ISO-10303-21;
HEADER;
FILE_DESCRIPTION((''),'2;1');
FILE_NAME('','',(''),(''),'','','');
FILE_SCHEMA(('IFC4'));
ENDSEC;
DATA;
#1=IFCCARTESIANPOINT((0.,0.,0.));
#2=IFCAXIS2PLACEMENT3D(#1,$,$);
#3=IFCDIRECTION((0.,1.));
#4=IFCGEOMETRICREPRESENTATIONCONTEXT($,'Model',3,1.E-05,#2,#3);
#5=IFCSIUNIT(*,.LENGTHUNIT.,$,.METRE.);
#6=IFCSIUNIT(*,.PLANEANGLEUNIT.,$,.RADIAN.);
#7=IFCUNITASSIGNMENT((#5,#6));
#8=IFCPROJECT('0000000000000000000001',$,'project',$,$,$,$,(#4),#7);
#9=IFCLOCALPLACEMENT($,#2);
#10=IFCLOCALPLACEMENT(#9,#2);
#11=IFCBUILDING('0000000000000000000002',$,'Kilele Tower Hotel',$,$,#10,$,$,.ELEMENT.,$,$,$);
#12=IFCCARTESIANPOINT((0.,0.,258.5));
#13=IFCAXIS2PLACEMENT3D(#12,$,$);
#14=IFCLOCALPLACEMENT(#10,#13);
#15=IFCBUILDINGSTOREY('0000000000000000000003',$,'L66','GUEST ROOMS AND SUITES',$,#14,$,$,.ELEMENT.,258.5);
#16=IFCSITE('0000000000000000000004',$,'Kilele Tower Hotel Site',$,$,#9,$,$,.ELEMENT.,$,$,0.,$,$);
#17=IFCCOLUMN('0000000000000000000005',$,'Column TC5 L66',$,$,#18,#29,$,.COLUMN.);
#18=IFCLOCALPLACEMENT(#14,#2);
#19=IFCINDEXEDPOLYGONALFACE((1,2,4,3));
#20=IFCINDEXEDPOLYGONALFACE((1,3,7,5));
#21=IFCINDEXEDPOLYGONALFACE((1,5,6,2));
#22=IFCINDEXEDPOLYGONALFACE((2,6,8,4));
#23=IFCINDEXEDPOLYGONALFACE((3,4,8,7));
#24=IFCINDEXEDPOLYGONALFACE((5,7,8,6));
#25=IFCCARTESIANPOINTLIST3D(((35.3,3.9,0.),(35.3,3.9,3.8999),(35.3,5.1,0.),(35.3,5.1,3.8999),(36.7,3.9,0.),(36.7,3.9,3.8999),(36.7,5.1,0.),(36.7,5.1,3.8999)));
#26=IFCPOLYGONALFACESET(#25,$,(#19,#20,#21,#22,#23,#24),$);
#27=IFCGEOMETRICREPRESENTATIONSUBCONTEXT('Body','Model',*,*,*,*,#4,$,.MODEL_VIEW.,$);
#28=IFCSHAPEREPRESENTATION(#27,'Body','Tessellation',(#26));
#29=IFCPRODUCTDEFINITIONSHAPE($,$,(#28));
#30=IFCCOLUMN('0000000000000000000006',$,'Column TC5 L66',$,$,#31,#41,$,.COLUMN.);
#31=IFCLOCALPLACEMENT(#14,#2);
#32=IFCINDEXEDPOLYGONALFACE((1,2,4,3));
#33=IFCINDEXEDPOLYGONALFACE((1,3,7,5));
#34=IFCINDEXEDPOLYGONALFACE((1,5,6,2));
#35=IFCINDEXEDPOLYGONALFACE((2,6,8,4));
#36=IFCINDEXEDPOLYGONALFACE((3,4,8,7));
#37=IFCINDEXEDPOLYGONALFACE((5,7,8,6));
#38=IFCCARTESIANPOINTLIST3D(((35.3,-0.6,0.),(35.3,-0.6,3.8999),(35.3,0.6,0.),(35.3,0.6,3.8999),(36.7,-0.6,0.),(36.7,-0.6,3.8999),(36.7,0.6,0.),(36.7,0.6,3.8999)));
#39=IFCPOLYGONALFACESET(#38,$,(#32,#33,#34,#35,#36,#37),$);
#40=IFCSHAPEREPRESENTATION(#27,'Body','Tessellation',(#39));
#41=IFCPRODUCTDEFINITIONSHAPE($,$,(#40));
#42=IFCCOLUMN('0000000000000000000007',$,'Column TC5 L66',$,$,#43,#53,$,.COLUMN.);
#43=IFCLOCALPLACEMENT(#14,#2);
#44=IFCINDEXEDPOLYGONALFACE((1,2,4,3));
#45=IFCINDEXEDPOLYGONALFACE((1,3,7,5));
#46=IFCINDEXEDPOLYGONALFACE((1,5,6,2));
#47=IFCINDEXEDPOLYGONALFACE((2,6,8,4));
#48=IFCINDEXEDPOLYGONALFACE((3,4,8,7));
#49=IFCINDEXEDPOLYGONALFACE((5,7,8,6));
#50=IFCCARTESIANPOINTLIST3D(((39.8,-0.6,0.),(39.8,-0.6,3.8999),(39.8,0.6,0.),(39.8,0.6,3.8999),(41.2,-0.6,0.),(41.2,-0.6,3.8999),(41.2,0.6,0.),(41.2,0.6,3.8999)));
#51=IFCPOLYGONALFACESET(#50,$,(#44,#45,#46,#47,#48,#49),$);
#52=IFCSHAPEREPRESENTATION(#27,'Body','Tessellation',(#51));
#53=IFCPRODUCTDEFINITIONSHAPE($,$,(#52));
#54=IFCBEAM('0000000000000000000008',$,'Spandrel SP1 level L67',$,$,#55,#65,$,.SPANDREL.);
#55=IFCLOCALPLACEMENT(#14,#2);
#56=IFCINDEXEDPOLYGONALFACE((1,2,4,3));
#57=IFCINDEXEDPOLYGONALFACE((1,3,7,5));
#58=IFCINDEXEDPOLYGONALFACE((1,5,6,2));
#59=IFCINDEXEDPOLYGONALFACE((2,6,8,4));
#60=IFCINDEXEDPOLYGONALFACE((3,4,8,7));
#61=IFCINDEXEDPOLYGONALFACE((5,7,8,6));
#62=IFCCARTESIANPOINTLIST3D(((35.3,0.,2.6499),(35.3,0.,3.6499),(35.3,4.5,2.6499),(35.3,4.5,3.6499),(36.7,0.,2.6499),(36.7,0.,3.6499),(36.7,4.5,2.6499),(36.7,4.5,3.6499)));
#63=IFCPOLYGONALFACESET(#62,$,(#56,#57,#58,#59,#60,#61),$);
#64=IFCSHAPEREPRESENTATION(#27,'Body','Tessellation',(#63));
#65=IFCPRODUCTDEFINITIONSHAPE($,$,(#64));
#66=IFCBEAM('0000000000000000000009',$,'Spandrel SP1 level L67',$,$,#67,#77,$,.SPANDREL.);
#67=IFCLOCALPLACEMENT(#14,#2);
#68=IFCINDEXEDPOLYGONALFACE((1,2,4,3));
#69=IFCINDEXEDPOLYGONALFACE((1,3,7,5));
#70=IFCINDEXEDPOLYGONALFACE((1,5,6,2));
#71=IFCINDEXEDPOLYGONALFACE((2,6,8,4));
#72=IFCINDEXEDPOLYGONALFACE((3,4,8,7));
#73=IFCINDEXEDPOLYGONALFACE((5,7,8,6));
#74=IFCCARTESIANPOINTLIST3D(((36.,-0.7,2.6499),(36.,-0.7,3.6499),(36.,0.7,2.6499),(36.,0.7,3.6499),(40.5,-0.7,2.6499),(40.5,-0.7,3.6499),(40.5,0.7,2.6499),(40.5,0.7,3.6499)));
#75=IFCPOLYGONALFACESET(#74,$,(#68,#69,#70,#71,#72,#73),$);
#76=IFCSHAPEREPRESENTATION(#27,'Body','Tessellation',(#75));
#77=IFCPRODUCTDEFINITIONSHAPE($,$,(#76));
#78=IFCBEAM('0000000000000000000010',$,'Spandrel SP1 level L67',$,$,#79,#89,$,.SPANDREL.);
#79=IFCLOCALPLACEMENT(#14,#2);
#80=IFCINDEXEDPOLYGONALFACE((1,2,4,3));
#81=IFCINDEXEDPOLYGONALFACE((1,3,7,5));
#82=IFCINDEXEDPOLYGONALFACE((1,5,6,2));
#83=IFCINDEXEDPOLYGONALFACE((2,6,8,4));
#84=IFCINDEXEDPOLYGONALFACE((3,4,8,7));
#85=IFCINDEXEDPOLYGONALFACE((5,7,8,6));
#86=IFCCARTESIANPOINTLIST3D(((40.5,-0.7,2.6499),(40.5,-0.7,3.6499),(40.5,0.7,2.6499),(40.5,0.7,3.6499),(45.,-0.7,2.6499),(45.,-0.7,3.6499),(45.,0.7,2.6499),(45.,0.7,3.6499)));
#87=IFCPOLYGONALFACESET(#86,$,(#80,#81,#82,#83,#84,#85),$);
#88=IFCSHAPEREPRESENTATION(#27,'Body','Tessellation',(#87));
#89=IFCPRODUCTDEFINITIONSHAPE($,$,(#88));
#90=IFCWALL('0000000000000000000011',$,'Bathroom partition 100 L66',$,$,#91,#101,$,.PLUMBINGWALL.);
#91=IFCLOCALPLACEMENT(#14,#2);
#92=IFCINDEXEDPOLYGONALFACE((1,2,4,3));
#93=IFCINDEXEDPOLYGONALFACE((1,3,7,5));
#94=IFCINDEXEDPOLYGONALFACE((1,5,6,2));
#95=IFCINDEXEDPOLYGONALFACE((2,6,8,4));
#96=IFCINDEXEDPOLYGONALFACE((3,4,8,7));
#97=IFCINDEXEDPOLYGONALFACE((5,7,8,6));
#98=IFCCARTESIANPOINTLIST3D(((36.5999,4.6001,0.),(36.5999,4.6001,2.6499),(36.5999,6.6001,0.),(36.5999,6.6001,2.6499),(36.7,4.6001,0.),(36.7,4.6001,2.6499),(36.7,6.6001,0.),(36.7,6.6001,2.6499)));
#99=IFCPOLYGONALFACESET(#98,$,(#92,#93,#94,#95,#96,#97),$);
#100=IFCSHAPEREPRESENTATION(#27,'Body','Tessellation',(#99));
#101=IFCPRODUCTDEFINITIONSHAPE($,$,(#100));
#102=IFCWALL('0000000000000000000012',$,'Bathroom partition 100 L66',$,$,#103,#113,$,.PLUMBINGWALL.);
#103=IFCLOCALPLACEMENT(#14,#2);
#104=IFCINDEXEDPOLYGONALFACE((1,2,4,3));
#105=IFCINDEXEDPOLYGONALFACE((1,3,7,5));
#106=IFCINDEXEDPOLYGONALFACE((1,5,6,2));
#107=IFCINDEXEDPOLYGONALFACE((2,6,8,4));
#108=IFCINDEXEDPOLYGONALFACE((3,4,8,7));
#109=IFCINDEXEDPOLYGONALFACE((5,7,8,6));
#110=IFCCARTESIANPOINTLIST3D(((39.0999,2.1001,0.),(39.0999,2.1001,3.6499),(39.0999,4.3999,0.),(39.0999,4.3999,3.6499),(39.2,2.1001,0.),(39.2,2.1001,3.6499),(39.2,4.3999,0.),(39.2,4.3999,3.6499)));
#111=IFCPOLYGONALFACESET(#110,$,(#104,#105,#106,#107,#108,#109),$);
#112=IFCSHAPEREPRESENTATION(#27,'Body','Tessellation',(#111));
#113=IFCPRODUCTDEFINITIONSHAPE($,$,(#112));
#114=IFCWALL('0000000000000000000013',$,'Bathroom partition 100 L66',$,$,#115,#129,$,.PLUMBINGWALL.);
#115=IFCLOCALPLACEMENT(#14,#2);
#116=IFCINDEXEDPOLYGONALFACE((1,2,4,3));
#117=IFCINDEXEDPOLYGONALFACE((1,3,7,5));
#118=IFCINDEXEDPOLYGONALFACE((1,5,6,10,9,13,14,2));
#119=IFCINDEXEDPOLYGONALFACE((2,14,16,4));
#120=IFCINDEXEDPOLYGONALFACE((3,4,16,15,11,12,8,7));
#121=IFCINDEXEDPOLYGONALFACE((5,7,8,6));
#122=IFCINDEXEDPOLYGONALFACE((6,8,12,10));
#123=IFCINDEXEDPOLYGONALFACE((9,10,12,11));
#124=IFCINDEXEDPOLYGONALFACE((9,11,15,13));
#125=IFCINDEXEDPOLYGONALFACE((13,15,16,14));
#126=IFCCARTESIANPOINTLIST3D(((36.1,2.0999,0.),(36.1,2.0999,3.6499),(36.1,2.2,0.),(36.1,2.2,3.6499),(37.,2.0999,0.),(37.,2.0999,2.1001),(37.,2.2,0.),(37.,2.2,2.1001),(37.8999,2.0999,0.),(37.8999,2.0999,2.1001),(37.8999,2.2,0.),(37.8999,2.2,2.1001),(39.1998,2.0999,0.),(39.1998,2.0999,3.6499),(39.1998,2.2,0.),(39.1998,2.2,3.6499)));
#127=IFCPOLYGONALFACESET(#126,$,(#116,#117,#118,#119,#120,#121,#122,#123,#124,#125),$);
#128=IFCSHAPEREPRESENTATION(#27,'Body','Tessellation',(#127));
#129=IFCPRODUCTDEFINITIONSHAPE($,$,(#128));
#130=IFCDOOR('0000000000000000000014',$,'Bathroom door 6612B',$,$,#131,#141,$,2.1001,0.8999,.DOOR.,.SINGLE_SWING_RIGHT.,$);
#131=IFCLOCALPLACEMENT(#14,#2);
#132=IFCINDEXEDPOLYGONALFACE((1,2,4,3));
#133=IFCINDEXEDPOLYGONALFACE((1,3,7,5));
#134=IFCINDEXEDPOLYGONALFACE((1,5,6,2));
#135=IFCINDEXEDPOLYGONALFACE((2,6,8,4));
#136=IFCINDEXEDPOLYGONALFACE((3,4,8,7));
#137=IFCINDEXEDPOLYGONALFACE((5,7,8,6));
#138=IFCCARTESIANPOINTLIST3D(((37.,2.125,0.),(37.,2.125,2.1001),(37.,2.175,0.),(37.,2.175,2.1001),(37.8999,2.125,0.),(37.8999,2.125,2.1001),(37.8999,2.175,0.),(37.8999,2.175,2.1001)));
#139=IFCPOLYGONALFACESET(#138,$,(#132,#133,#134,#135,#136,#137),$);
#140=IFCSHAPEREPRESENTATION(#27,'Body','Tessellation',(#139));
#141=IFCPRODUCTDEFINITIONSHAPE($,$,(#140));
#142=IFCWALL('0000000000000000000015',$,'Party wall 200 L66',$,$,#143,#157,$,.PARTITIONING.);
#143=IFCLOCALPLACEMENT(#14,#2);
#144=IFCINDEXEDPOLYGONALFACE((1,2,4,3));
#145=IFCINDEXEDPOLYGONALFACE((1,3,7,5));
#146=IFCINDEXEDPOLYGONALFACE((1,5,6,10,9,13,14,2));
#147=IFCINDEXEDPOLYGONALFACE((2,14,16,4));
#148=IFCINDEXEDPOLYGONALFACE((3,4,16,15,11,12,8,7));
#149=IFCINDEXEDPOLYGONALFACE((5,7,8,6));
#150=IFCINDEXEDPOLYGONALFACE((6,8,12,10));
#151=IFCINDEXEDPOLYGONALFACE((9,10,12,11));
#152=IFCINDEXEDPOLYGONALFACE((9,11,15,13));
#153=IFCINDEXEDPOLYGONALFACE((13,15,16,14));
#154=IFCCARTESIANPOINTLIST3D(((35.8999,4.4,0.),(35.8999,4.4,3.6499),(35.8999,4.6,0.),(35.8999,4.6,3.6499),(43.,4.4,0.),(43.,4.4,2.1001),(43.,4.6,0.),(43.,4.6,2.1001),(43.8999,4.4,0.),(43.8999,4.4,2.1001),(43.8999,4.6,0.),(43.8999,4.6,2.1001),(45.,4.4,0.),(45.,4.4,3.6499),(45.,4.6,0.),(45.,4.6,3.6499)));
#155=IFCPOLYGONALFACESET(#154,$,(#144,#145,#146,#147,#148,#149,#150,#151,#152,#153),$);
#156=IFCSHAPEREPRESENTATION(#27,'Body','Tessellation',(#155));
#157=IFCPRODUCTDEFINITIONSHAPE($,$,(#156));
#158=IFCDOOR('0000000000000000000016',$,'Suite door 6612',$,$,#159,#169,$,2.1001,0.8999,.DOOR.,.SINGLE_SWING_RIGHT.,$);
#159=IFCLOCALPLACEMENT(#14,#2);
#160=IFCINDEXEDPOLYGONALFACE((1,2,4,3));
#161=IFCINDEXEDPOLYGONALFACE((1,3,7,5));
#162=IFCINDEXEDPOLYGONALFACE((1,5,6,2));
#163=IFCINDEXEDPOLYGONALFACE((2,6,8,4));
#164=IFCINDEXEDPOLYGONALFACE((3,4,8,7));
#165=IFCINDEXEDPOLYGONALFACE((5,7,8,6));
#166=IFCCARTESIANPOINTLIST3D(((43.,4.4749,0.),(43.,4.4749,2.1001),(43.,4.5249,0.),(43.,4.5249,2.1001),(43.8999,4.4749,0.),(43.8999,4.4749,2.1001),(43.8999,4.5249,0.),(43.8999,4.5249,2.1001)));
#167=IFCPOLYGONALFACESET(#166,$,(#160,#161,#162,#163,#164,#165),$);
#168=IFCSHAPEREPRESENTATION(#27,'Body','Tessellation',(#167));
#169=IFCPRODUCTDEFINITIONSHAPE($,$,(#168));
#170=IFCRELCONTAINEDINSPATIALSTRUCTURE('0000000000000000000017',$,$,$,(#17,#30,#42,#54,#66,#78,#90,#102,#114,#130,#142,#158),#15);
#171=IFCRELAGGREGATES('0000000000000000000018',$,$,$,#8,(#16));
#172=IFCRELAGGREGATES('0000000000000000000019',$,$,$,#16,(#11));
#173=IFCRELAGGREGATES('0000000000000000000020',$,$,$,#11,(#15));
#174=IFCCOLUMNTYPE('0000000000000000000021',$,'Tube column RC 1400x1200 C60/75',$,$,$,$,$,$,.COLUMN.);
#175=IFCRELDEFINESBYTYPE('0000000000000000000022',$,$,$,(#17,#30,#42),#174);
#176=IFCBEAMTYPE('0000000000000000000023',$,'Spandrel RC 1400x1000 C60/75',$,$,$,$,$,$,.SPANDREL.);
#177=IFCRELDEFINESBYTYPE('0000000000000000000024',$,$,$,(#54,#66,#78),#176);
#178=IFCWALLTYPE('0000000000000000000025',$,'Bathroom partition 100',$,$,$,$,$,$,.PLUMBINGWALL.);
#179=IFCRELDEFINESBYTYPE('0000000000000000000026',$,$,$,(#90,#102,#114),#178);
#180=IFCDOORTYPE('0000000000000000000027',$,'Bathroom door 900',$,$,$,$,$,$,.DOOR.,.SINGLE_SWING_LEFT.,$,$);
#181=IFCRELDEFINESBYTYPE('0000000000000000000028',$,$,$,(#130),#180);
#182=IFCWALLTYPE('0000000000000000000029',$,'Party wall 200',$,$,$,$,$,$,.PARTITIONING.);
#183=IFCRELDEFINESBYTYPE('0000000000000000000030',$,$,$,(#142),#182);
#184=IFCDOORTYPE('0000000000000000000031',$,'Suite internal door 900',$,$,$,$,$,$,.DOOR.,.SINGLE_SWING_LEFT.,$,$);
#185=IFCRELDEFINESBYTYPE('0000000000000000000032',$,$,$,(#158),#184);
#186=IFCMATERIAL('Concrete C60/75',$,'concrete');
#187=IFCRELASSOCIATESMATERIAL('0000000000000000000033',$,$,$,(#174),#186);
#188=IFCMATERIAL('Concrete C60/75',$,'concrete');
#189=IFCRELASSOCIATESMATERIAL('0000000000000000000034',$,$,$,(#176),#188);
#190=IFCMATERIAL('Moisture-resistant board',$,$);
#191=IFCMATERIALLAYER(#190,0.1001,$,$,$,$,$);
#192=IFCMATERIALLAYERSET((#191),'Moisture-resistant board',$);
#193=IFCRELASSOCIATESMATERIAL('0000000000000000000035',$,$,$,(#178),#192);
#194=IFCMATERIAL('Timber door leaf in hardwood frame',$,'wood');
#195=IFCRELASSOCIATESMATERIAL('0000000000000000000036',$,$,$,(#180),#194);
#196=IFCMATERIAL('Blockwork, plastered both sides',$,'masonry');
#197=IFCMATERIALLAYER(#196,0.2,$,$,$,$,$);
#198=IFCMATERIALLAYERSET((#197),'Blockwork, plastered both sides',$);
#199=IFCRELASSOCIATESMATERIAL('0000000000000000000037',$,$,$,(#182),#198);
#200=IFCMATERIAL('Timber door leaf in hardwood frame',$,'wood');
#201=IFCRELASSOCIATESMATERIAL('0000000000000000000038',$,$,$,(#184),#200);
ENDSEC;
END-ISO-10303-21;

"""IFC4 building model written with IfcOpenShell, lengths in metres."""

from ifc_helpers import new_model, si_unit, direction, frame, frame_2d, origin, origin_2d, place, context, subcontext, project, spatial, rectangle, extrude, material, layer, layer_set, material_profile, profile_set, type_object, element, fill, save


model = new_model("IFC4")

# Units and contexts
model_context = context("Model", 3, precision=1e-05, world=origin(), true_north=direction((0.0, 1.0)))
body_context = subcontext(model_context, "Body", "Model", "MODEL_VIEW")
ifc_project = project(units=[si_unit("LENGTHUNIT", "METRE"), si_unit("PLANEANGLEUNIT", "RADIAN")], contexts=[model_context])

# Site, building, storey
site_placement = place(None, origin())
site = spatial("IfcSite", under=ifc_project, at=site_placement, Name="Kilele Tower Hotel Site", CompositionType="ELEMENT", RefElevation=0.0)
building_placement = place(site_placement, origin())
building = spatial("IfcBuilding", under=site, at=building_placement, Name="Kilele Tower Hotel", CompositionType="ELEMENT")
storey_placement = place(building_placement, frame((0.0, 0.0, 258.5)))
storey = spatial("IfcBuildingStorey", under=building, at=storey_placement, Name="L66", Description="GUEST ROOMS AND SUITES", CompositionType="ELEMENT", Elevation=258.5)

# Columns
ifc_material_1 = material(Name="Concrete C60/75", Category="concrete")
ifc_material_profile_1 = material_profile(ifc_material_1, rectangle(XDim=1.3999, YDim=1.2, at=origin_2d()))
ifc_profile_set_1 = profile_set([ifc_material_profile_1], Name="Concrete C60/75")
column_type = type_object("IfcColumnType", Name="Tube column RC 1400x1200 C60/75", PredefinedType="COLUMN", material=ifc_profile_set_1)
for number, where, z_axis, x_axis, name in (
    (1, (36.0, 4.5, 0.0), (0.0, 0.0, 1.0), (1.0, 0.0, 0.0), "Column TC5 L66"),
    (2, (36.0, 0.0, 0.0), (0.0, 0.0, 1.0), (1.0, 0.0, 0.0), "Column TC5 L66"),
    (3, (40.5, 0.0, 0.0), (0.0, 0.0, 1.0), (1.0, 0.0, 0.0), "Column TC5 L66"),
):
    element("IfcColumn", number, at=place(storey_placement, frame(where, z_axis=z_axis, x_axis=x_axis)), inside=storey, type_object=column_type, Name=name, PredefinedType="COLUMN", context=body_context, shape_type="SweptSolid", body=[
        extrude(rectangle(XDim=1.3999, YDim=1.2, at=origin_2d()), origin(), (0.0, 0.0, 1.0), 3.8999),
    ])

# Beams
ifc_material_2 = material(Name="Concrete C60/75", Category="concrete")
ifc_material_profile_2 = material_profile(ifc_material_2, rectangle(XDim=1.3999, YDim=1.0, at=origin_2d()))
ifc_profile_set_2 = profile_set([ifc_material_profile_2], Name="Concrete C60/75")
beam_type = type_object("IfcBeamType", Name="Spandrel RC 1400x1000 C60/75", PredefinedType="SPANDREL", material=ifc_profile_set_2)
for number, where, z_axis, x_axis, name in (
    (4, (36.0, 4.5, 3.1499), (0.0, -1.0, 0.0), (1.0, 0.0, 0.0), "Spandrel SP1 level L67"),
    (5, (36.0, 0.0, 3.1499), (1.0, 0.0, 0.0), (0.0, 1.0, 0.0), "Spandrel SP1 level L67"),
    (6, (40.5, 0.0, 3.1499), (1.0, 0.0, 0.0), (0.0, 1.0, 0.0), "Spandrel SP1 level L67"),
):
    element("IfcBeam", number, at=place(storey_placement, frame(where, z_axis=z_axis, x_axis=x_axis)), inside=storey, type_object=beam_type, Name=name, PredefinedType="SPANDREL", context=body_context, shape_type="SweptSolid", body=[
        extrude(rectangle(XDim=1.3999, YDim=1.0, at=origin_2d()), origin(), (0.0, 0.0, 1.0), 4.5),
    ])

# Walls
ifc_material_3 = material(Name="Moisture-resistant board")
ifc_layer_1 = layer(ifc_material_3, 0.1001)
ifc_layer_set_1 = layer_set([ifc_layer_1], Name="Moisture-resistant board")
wall_type_1 = type_object("IfcWallType", Name="Bathroom partition 100", PredefinedType="PLUMBINGWALL", material=ifc_layer_set_1)
wall_1_placement = place(storey_placement, frame((36.6499, 4.6001, 0.0), z_axis=(0.0, 0.0, 1.0), x_axis=(0.0, 1.0, 0.0)))
element("IfcWall", 7, at=wall_1_placement, inside=storey, type_object=wall_type_1, Name="Bathroom partition 100 L66", PredefinedType="PLUMBINGWALL", context=body_context, shape_type="SweptSolid", body=[
    extrude(rectangle(XDim=2.0, YDim=0.1001, at=frame_2d((1.0, 0.0))), origin(), (0.0, 0.0, 1.0), 2.6499),
])
wall_2_placement = place(storey_placement, frame((39.1499, 4.3999, 0.0), z_axis=(0.0, 0.0, 1.0), x_axis=(0.0, -1.0, 0.0)))
element("IfcWall", 8, at=wall_2_placement, inside=storey, type_object=wall_type_1, Name="Bathroom partition 100 L66", PredefinedType="PLUMBINGWALL", context=body_context, shape_type="SweptSolid", body=[
    extrude(rectangle(XDim=2.2998, YDim=0.1001, at=frame_2d((1.1499, 0.0))), origin(), (0.0, 0.0, 1.0), 3.6499),
])

# Walls, openings, doors
wall_3_placement = place(storey_placement, frame((36.1001, 2.1499, 0.0), z_axis=(0.0, 0.0, 1.0), x_axis=(1.0, 0.0, 0.0)))
wall_3 = element("IfcWall", 9, at=wall_3_placement, inside=storey, type_object=wall_type_1, Name="Bathroom partition 100 L66", PredefinedType="PLUMBINGWALL", context=body_context, shape_type="SweptSolid", body=[
    extrude(rectangle(XDim=3.0999, YDim=0.1001, at=frame_2d((1.5498, 0.0))), origin(), (0.0, 0.0, 1.0), 3.6499),
])
opening_1_placement = place(wall_3_placement, frame((1.7998, 0.0, 0.0), z_axis=(0.0, 0.0, 1.0), x_axis=(-1.0, 0.0, 0.0)))
opening_1 = element("IfcOpeningElement", 10, at=opening_1_placement, cuts=wall_3, PredefinedType="OPENING", context=body_context, shape_type="SweptSolid", body=[
    extrude(rectangle(XDim=0.8999, YDim=2.1001, at=frame_2d((0.45, 1.05))), frame((0.0, 0.0601, 0.0), z_axis=(0.0, -1.0, 0.0), x_axis=(1.0, 0.0, 0.0)), (0.0, 0.0, 1.0), 0.1201),
])
ifc_material_4 = material(Name="Timber door leaf in hardwood frame", Category="wood")
door_type_1 = type_object("IfcDoorType", Name="Bathroom door 900", OperationType="SINGLE_SWING_LEFT", PredefinedType="DOOR", material=ifc_material_4)
door_1_placement = place(opening_1_placement, origin())
door_1 = element("IfcDoor", 11, at=door_1_placement, inside=storey, type_object=door_type_1, Name="Bathroom door 6612B", OperationType="SINGLE_SWING_RIGHT", OverallHeight=2.1001, OverallWidth=0.8999, PredefinedType="DOOR", context=body_context, shape_type="SweptSolid", body=[
    extrude(rectangle(XDim=0.8999, YDim=2.1001, at=frame_2d((0.45, 1.05))), frame((0.0, 0.0249, 0.0), z_axis=(0.0, -1.0, 0.0), x_axis=(1.0, 0.0, 0.0)), (0.0, 0.0, 1.0), 0.05),
])
fill(opening_1, door_1)
ifc_material_5 = material(Name="Blockwork, plastered both sides", Category="masonry")
ifc_layer_2 = layer(ifc_material_5, 0.2)
ifc_layer_set_2 = layer_set([ifc_layer_2], Name="Blockwork, plastered both sides")
wall_type_2 = type_object("IfcWallType", Name="Party wall 200", PredefinedType="PARTITIONING", material=ifc_layer_set_2)
wall_4_placement = place(storey_placement, frame((35.8999, 4.5, 0.0), z_axis=(0.0, 0.0, 1.0), x_axis=(1.0, 0.0, 0.0)))
wall_4 = element("IfcWall", 12, at=wall_4_placement, inside=storey, type_object=wall_type_2, Name="Party wall 200 L66", PredefinedType="PARTITIONING", context=body_context, shape_type="SweptSolid", body=[
    extrude(rectangle(XDim=9.1001, YDim=0.2, at=frame_2d((4.55, 0.0))), origin(), (0.0, 0.0, 1.0), 3.6499),
])
opening_2_placement = place(wall_4_placement, frame((7.1001, 0.0, 0.0)))
opening_2 = element("IfcOpeningElement", 13, at=opening_2_placement, cuts=wall_4, PredefinedType="OPENING", context=body_context, shape_type="SweptSolid", body=[
    extrude(rectangle(XDim=0.8999, YDim=2.1001, at=frame_2d((0.45, 1.05))), frame((0.0, 0.1099, 0.0), z_axis=(0.0, -1.0, 0.0), x_axis=(1.0, 0.0, 0.0)), (0.0, 0.0, 1.0), 0.22),
])
ifc_material_6 = material(Name="Timber door leaf in hardwood frame", Category="wood")
door_type_2 = type_object("IfcDoorType", Name="Suite internal door 900", OperationType="SINGLE_SWING_LEFT", PredefinedType="DOOR", material=ifc_material_6)
door_2_placement = place(opening_2_placement, origin())
door_2 = element("IfcDoor", 14, at=door_2_placement, inside=storey, type_object=door_type_2, Name="Suite door 6612", OperationType="SINGLE_SWING_RIGHT", OverallHeight=2.1001, OverallWidth=0.8999, PredefinedType="DOOR", context=body_context, shape_type="SweptSolid", body=[
    extrude(rectangle(XDim=0.8999, YDim=2.1001, at=frame_2d((0.45, 1.05))), frame((0.0, 0.0249, 0.0), z_axis=(0.0, -1.0, 0.0), x_axis=(1.0, 0.0, 0.0)), (0.0, 0.0, 1.0), 0.05),
])
fill(opening_2, door_2)

save(model, "model.ifc")
